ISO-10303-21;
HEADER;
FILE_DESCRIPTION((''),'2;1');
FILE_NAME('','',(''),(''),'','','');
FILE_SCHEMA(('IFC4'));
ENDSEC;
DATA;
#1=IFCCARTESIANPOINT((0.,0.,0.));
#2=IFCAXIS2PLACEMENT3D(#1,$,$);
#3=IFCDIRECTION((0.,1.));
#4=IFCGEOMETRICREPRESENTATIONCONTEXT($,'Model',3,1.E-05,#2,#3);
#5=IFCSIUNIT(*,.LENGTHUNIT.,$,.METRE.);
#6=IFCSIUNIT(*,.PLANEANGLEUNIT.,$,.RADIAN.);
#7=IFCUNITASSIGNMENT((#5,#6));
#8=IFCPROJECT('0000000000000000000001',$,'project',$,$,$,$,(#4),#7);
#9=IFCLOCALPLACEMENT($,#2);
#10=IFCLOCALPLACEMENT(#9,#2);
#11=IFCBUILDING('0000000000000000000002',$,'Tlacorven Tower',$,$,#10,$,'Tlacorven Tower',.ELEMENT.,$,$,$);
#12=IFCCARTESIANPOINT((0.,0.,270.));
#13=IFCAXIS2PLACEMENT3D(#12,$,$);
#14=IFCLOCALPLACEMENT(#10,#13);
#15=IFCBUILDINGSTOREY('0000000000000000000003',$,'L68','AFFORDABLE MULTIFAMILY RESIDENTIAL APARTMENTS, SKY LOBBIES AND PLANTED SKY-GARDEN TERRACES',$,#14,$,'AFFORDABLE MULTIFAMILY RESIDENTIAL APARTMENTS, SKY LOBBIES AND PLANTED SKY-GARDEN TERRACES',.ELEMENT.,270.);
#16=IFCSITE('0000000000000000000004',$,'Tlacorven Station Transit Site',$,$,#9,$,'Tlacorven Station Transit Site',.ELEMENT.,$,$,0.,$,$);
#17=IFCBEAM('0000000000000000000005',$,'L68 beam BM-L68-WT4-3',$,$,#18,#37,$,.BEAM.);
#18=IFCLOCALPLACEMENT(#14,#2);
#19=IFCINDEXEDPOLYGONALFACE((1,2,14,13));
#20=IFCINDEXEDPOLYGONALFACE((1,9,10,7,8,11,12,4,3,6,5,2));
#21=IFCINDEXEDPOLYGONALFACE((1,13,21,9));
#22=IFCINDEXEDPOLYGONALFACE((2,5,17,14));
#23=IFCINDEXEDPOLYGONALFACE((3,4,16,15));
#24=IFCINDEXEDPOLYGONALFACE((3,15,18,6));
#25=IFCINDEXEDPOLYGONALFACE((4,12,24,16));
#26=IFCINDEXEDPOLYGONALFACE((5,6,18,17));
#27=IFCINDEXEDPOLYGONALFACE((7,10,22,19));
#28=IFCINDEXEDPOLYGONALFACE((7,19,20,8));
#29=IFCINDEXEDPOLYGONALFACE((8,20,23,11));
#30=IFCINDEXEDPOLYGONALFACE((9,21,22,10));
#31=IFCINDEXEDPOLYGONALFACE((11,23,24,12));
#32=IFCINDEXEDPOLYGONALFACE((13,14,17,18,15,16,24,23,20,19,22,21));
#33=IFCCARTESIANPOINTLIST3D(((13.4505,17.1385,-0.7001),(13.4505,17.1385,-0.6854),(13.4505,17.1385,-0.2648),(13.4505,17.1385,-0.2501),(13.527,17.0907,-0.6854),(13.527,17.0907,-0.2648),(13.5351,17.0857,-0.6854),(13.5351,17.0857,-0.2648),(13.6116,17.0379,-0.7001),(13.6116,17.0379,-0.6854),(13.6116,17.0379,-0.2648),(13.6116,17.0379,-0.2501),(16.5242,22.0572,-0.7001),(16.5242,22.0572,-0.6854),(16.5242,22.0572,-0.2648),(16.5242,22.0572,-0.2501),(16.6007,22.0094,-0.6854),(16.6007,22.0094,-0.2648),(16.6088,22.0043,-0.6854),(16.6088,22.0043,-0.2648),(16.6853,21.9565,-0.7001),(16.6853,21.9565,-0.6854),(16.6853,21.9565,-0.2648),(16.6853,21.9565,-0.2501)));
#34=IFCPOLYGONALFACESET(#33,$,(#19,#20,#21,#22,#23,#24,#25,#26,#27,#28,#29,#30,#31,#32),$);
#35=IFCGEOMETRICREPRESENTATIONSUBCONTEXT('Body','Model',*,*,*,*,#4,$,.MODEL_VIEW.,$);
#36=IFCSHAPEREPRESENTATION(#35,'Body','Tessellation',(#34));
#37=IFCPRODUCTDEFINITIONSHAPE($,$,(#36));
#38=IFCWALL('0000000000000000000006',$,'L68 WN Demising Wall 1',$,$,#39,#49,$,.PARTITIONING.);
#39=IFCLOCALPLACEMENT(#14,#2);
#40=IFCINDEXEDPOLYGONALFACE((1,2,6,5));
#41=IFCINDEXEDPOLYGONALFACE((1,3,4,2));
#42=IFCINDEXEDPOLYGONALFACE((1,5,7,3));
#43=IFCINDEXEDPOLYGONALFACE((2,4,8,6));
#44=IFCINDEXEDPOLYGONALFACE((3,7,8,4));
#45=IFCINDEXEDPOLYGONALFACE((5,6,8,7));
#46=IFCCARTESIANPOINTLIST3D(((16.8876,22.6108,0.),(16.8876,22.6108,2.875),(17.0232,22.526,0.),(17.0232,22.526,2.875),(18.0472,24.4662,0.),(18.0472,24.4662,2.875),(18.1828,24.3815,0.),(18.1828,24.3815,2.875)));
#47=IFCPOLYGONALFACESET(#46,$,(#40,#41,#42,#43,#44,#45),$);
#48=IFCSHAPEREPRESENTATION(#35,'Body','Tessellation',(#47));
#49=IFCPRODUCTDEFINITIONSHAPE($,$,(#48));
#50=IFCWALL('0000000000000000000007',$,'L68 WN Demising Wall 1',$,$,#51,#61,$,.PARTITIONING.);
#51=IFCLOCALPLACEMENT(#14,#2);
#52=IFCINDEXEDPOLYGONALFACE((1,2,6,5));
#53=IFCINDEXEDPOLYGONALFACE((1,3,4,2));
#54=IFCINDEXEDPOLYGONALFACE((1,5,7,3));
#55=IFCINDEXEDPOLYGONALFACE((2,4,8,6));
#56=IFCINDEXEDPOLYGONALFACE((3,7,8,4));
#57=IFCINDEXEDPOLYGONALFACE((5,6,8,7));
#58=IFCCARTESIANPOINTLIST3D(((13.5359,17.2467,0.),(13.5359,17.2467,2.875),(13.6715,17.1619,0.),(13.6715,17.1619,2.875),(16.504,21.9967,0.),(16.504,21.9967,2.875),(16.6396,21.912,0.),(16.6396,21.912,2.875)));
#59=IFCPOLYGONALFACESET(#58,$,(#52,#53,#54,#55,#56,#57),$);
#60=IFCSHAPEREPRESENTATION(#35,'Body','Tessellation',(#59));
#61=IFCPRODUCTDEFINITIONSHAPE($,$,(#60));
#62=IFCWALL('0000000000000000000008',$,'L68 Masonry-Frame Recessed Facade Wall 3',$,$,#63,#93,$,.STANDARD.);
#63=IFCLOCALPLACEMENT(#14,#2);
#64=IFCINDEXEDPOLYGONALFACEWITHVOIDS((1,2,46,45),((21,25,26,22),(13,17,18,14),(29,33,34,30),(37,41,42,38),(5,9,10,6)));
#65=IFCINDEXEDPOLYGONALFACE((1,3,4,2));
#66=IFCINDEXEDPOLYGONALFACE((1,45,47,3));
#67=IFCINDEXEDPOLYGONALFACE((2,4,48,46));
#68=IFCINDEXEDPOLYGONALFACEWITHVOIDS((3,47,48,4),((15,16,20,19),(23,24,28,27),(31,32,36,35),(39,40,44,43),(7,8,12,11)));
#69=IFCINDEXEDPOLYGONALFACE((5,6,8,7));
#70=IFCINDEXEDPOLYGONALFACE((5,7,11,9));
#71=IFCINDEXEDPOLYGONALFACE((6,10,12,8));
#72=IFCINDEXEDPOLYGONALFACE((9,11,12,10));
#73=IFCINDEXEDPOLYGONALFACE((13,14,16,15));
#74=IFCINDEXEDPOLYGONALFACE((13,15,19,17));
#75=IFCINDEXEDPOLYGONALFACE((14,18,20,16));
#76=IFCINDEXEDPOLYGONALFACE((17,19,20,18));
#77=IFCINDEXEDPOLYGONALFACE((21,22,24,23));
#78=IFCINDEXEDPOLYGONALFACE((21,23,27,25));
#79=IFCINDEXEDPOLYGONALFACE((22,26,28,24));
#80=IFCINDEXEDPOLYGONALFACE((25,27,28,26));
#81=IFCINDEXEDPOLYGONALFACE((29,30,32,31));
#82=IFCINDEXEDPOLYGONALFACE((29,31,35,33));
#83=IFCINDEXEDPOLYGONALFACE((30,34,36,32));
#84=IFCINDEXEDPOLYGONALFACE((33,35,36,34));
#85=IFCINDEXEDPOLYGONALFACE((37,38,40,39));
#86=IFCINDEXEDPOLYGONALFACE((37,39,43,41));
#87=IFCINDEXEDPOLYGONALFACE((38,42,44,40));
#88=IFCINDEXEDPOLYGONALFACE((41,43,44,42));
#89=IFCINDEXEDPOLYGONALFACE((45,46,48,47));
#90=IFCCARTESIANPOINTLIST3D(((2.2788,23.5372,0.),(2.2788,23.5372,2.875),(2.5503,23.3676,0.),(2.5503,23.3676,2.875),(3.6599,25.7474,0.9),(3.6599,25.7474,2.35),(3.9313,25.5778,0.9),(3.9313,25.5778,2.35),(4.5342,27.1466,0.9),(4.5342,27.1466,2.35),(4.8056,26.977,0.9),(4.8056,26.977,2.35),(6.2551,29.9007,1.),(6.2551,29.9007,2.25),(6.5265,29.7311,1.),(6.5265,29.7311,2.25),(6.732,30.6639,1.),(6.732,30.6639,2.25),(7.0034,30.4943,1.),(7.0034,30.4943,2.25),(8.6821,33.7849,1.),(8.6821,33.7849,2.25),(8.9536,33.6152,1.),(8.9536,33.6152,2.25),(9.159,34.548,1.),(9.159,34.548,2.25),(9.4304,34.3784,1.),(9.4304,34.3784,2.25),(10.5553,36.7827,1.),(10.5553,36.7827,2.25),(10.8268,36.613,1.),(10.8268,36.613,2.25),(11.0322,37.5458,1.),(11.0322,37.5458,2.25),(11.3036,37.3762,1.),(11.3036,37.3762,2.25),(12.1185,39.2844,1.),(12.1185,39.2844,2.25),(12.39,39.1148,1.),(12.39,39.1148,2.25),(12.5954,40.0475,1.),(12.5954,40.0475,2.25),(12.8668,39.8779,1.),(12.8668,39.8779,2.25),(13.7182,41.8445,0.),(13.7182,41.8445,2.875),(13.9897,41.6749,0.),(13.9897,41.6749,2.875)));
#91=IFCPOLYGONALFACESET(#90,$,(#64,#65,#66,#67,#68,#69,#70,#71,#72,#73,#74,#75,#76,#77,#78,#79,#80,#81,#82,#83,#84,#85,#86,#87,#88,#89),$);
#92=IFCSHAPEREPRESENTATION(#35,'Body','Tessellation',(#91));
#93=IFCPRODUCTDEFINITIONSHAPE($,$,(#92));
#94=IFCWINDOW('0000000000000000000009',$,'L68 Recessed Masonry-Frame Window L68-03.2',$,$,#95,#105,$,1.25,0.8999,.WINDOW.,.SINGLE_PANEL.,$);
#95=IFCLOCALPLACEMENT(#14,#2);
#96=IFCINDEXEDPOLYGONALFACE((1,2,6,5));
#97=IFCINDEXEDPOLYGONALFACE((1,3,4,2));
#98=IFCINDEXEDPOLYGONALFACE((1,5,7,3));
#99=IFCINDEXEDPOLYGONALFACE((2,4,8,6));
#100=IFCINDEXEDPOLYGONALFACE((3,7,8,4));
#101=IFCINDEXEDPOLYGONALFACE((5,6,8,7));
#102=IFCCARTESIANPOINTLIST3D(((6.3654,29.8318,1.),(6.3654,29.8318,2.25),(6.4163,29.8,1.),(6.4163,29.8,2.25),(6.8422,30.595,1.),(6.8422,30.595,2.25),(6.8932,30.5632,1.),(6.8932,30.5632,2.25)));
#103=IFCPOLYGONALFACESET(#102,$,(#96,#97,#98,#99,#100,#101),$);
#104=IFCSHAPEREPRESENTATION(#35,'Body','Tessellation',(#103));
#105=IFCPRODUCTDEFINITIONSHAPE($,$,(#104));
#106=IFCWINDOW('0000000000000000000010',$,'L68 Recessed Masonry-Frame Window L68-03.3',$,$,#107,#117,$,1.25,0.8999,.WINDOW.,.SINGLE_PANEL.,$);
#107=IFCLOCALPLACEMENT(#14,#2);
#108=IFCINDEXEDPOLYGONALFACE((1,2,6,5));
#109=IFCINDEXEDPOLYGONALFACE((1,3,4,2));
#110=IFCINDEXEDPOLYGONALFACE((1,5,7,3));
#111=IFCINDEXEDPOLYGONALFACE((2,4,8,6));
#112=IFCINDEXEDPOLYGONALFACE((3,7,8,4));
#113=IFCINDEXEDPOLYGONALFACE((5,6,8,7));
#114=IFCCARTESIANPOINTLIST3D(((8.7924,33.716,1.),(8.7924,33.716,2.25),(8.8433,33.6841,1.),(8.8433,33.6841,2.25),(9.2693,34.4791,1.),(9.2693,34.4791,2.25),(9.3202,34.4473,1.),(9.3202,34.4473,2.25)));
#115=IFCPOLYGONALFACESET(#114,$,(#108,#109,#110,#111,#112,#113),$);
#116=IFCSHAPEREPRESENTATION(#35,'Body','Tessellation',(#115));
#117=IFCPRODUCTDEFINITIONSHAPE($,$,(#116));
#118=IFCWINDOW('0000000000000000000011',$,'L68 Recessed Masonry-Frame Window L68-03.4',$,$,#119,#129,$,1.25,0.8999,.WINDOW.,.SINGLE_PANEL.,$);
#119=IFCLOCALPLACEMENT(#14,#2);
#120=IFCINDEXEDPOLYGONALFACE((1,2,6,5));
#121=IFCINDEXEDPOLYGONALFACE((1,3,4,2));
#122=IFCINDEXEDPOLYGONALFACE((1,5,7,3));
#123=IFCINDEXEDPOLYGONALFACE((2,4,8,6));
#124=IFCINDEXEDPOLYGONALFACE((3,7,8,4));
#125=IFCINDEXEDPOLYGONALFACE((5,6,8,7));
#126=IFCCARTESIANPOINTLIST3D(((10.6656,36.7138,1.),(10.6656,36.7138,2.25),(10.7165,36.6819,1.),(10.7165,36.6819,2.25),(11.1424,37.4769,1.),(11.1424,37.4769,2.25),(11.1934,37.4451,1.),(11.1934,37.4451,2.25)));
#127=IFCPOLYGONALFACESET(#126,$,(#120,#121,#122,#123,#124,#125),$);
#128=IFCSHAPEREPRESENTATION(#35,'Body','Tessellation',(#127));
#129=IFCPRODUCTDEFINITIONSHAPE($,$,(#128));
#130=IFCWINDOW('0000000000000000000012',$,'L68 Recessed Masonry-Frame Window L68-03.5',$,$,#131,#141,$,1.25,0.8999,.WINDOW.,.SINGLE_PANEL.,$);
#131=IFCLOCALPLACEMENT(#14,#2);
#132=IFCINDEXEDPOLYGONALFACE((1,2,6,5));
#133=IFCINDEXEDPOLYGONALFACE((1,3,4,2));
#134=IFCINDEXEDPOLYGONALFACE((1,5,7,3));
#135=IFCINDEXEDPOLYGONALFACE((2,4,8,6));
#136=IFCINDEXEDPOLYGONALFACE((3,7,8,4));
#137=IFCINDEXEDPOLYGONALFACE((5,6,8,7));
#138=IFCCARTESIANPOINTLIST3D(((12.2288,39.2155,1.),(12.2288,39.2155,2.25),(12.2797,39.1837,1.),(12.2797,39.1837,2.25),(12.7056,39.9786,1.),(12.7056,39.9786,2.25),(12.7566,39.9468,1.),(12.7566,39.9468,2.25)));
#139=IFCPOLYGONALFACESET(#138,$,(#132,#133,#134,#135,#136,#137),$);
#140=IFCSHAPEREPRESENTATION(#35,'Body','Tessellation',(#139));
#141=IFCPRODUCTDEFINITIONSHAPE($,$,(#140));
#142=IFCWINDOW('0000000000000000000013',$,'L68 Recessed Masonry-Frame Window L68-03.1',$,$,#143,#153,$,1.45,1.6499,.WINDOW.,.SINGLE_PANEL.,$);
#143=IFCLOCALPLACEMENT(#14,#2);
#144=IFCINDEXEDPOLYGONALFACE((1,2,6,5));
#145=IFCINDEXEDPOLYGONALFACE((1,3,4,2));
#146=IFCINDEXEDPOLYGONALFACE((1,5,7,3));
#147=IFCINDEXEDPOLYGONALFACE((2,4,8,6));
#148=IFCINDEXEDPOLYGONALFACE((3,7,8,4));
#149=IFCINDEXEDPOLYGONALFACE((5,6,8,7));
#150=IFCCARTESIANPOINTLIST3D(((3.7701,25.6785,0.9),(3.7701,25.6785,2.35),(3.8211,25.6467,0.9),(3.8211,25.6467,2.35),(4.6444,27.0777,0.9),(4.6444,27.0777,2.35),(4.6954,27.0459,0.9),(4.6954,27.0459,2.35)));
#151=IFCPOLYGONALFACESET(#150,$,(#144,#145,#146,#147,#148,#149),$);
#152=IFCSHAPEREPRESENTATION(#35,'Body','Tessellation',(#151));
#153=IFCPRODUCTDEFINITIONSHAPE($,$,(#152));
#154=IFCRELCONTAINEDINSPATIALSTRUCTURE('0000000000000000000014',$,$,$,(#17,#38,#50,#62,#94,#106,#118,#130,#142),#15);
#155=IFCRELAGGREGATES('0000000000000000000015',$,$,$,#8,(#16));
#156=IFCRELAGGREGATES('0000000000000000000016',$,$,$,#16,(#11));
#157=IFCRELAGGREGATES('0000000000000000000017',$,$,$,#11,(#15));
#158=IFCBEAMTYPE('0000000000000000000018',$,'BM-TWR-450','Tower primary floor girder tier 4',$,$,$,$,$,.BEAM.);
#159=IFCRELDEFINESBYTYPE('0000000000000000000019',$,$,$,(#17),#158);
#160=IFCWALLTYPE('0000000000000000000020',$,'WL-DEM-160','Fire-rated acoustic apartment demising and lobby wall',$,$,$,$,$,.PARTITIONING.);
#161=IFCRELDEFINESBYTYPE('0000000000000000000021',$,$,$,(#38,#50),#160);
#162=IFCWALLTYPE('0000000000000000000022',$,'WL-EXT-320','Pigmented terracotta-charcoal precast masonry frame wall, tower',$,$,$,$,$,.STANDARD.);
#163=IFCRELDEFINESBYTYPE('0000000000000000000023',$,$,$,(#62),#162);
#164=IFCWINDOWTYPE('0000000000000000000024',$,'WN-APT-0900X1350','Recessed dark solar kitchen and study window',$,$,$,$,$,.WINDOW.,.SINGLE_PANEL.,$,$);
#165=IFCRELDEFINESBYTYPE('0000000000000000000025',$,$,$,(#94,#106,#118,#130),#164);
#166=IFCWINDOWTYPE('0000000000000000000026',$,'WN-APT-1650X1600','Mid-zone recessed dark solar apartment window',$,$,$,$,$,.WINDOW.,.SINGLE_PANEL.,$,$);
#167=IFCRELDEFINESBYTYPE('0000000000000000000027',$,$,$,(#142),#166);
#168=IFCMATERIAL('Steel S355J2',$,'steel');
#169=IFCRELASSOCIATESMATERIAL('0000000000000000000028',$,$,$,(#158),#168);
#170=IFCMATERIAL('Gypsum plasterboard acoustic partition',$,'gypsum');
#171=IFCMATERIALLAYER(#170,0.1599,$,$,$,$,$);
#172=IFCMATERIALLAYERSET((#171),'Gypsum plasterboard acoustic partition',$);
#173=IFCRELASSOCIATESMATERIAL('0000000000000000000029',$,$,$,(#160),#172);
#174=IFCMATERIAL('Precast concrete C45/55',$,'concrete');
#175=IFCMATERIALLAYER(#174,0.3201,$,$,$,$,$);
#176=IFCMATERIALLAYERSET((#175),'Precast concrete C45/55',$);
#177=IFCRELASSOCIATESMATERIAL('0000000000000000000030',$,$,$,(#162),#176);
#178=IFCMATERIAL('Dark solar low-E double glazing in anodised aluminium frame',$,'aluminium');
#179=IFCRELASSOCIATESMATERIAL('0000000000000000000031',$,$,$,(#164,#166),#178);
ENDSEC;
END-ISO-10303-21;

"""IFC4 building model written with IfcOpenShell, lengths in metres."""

from ifc_helpers import new_model, si_unit, direction, frame, frame_2d, origin, origin_2d, place, context, subcontext, project, spatial, rectangle, i_section, extrude, source, transform, mapped, material, layer, layer_set, material_profile, profile_set, type_object, element, fill, save


model = new_model("IFC4")

# Units and contexts
model_context = context("Model", 3, precision=1e-05, world=origin(), true_north=direction((0.0, 1.0)))
body_context = subcontext(model_context, "Body", "Model", "MODEL_VIEW")
ifc_project = project(units=[si_unit("LENGTHUNIT", "METRE"), si_unit("PLANEANGLEUNIT", "RADIAN")], contexts=[model_context])

# Site, building, storey
site_placement = place(None, origin())
site = spatial("IfcSite", under=ifc_project, at=site_placement, Name="Tlacorven Station Transit Site", LongName="Tlacorven Station Transit Site", CompositionType="ELEMENT", RefElevation=0.0)
building_placement = place(site_placement, origin())
building = spatial("IfcBuilding", under=site, at=building_placement, Name="Tlacorven Tower", LongName="Tlacorven Tower", CompositionType="ELEMENT")
storey_placement = place(building_placement, frame((0.0, 0.0, 270.0)))
storey = spatial("IfcBuildingStorey", under=building, at=storey_placement, Name="L68", Description="AFFORDABLE MULTIFAMILY RESIDENTIAL APARTMENTS, SKY LOBBIES AND PLANTED SKY-GARDEN TERRACES", LongName="AFFORDABLE MULTIFAMILY RESIDENTIAL APARTMENTS, SKY LOBBIES AND PLANTED SKY-GARDEN TERRACES", CompositionType="ELEMENT", Elevation=270.0)

# Shared definitions
ifc_material_1 = material(Name="Steel S355J2", Category="steel")

# Beam
ifc_material_profile_1 = material_profile(ifc_material_1, i_section(OverallWidth=0.1899, OverallDepth=0.45, WebThickness=0.0095, FlangeThickness=0.0146, at=origin_2d()), Name="IPE 450")
ifc_profile_set_1 = profile_set([ifc_material_profile_1], Name="Steel S355J2")
beam_type_1 = type_object("IfcBeamType", Name="BM-TWR-450", Description="Tower primary floor girder tier 4", PredefinedType="BEAM", material=ifc_profile_set_1)
shared_shape_1 = source(origin(), body_context, "Body", "SweptSolid", [
    extrude(i_section(OverallWidth=0.1899, OverallDepth=0.45, WebThickness=0.0095, FlangeThickness=0.0146, at=origin_2d()), origin(), (0.0, 0.0, 1.0), 5.8),
])
for number, where, z_axis, x_axis, name in (
    (1, (16.6047, 22.0068, -0.4751), (-0.529942, -0.848034, 0.0), (0.848034, -0.529942, 0.0), "L68 beam BM-L68-WT4-3"),
):
    element("IfcBeam", number, at=place(storey_placement, frame(where, z_axis=z_axis, x_axis=x_axis)), inside=storey, type_object=beam_type_1, Name=name, PredefinedType="BEAM", context=body_context, shape_type="MappedRepresentation", body=[
        mapped(shared_shape_1, transform((0.0, 0.0, 0.0), scale=1.0)),
    ])

# Walls
ifc_material_2 = material(Name="Gypsum plasterboard acoustic partition", Category="gypsum")
ifc_layer_1 = layer(ifc_material_2, 0.1599)
ifc_layer_set_1 = layer_set([ifc_layer_1], Name="Gypsum plasterboard acoustic partition")
wall_type_1 = type_object("IfcWallType", Name="WL-DEM-160", Description="Fire-rated acoustic apartment demising and lobby wall", PredefinedType="PARTITIONING", material=ifc_layer_set_1)
wall_1_placement = place(storey_placement, frame((18.115, 24.4238, 0.0), z_axis=(0.0, 0.0, 1.0), x_axis=(-0.529999, -0.847998, 0.0)))
element("IfcWall", 2, at=wall_1_placement, inside=storey, type_object=wall_type_1, Name="L68 WN Demising Wall 1", PredefinedType="PARTITIONING", context=body_context, shape_type="SweptSolid", body=[
    extrude(rectangle(XDim=2.188, YDim=0.1599, at=frame_2d((1.094, 0.0))), origin(), (0.0, 0.0, 1.0), 2.875),
])
wall_2_placement = place(storey_placement, frame((16.5718, 21.9543, 0.0), z_axis=(0.0, 0.0, 1.0), x_axis=(-0.529905, -0.848057, 0.0)))
element("IfcWall", 3, at=wall_2_placement, inside=storey, type_object=wall_type_1, Name="L68 WN Demising Wall 1", PredefinedType="PARTITIONING", context=body_context, shape_type="SweptSolid", body=[
    extrude(rectangle(XDim=5.6011, YDim=0.1599, at=frame_2d((2.8005, 0.0))), origin(), (0.0, 0.0, 1.0), 2.875),
])

# Wall, openings, windows
ifc_material_3 = material(Name="Precast concrete C45/55", Category="concrete")
ifc_layer_2 = layer(ifc_material_3, 0.3201)
ifc_layer_set_2 = layer_set([ifc_layer_2], Name="Precast concrete C45/55")
wall_type_2 = type_object("IfcWallType", Name="WL-EXT-320", Description="Pigmented terracotta-charcoal precast masonry frame wall, tower", PredefinedType="STANDARD", material=ifc_layer_set_2)
wall_3_placement = place(storey_placement, frame((2.4146, 23.4524, 0.0), z_axis=(0.0, 0.0, 1.0), x_axis=(0.52991, 0.848054, 0.0)))
wall_3 = element("IfcWall", 4, at=wall_3_placement, inside=storey, type_object=wall_type_2, Name="L68 Masonry-Frame Recessed Facade Wall 3", PredefinedType="STANDARD", context=body_context, shape_type="SweptSolid", body=[
    extrude(rectangle(XDim=21.5874, YDim=0.3201, at=frame_2d((10.7937, 0.0))), origin(), (0.0, 0.0, 1.0), 2.875),
])
opening_1_placement = place(wall_3_placement, frame((2.6062, 0.0, 0.8999)))
opening_1 = element("IfcOpeningElement", 5, at=opening_1_placement, cuts=wall_3, PredefinedType="OPENING", context=body_context, shape_type="SweptSolid", body=[
    extrude(rectangle(XDim=1.6499, YDim=1.45, at=frame_2d((0.825, 0.7251))), frame((0.0, 0.1699, 0.0), z_axis=(0.0, -1.0, 0.0), x_axis=(1.0, 0.0, 0.0)), (0.0, 0.0, 1.0), 0.3401),
])
opening_2_placement = place(wall_3_placement, frame((7.5037, 0.0, 1.0)))
opening_2 = element("IfcOpeningElement", 6, at=opening_2_placement, cuts=wall_3, PredefinedType="OPENING", context=body_context, shape_type="SweptSolid", body=[
    extrude(rectangle(XDim=0.8999, YDim=1.25, at=frame_2d((0.45, 0.625))), frame((0.0, 0.1699, 0.0), z_axis=(0.0, -1.0, 0.0), x_axis=(1.0, 0.0, 0.0)), (0.0, 0.0, 1.0), 0.3401),
])
opening_3_placement = place(wall_3_placement, frame((12.0837, 0.0, 1.0)))
opening_3 = element("IfcOpeningElement", 7, at=opening_3_placement, cuts=wall_3, PredefinedType="OPENING", context=body_context, shape_type="SweptSolid", body=[
    extrude(rectangle(XDim=0.8999, YDim=1.25, at=frame_2d((0.45, 0.625))), frame((0.0, 0.1699, 0.0), z_axis=(0.0, -1.0, 0.0), x_axis=(1.0, 0.0, 0.0)), (0.0, 0.0, 1.0), 0.3401),
])
opening_4_placement = place(wall_3_placement, frame((15.6187, 0.0, 1.0)))
opening_4 = element("IfcOpeningElement", 8, at=opening_4_placement, cuts=wall_3, PredefinedType="OPENING", context=body_context, shape_type="SweptSolid", body=[
    extrude(rectangle(XDim=0.8999, YDim=1.25, at=frame_2d((0.45, 0.625))), frame((0.0, 0.1699, 0.0), z_axis=(0.0, -1.0, 0.0), x_axis=(1.0, 0.0, 0.0)), (0.0, 0.0, 1.0), 0.3401),
])
opening_5_placement = place(wall_3_placement, frame((18.5686, 0.0, 1.0)))
opening_5 = element("IfcOpeningElement", 9, at=opening_5_placement, cuts=wall_3, PredefinedType="OPENING", context=body_context, shape_type="SweptSolid", body=[
    extrude(rectangle(XDim=0.8999, YDim=1.25, at=frame_2d((0.45, 0.625))), frame((0.0, 0.1699, 0.0), z_axis=(0.0, -1.0, 0.0), x_axis=(1.0, 0.0, 0.0)), (0.0, 0.0, 1.0), 0.3401),
])
ifc_material_4 = material(Name="Dark solar low-E double glazing in anodised aluminium frame", Category="aluminium")
window_type_1 = type_object("IfcWindowType", Name="WN-APT-0900X1350", Description="Recessed dark solar kitchen and study window", PartitioningType="SINGLE_PANEL", PredefinedType="WINDOW", material=ifc_material_4)
shared_shape_2 = source(origin(), body_context, "Body", "SweptSolid", [
    extrude(rectangle(XDim=0.8999, YDim=1.25, at=frame_2d((0.45, 0.625))), frame((0.0, 0.03, 0.0), z_axis=(0.0, -1.0, 0.0), x_axis=(1.0, 0.0, 0.0)), (0.0, 0.0, 1.0), 0.0601),
])
window_1_placement = place(opening_2_placement, origin())
window_1 = element("IfcWindow", 10, at=window_1_placement, inside=storey, type_object=window_type_1, Name="L68 Recessed Masonry-Frame Window L68-03.2", OverallHeight=1.25, OverallWidth=0.8999, PartitioningType="SINGLE_PANEL", PredefinedType="WINDOW", context=body_context, shape_type="MappedRepresentation", body=[
    mapped(shared_shape_2, transform((0.0, 0.0, 0.0), scale=1.0)),
])
fill(opening_2, window_1)
window_2_placement = place(opening_3_placement, origin())
window_2 = element("IfcWindow", 11, at=window_2_placement, inside=storey, type_object=window_type_1, Name="L68 Recessed Masonry-Frame Window L68-03.3", OverallHeight=1.25, OverallWidth=0.8999, PartitioningType="SINGLE_PANEL", PredefinedType="WINDOW", context=body_context, shape_type="MappedRepresentation", body=[
    mapped(shared_shape_2, transform((0.0, 0.0, 0.0), scale=1.0)),
])
fill(opening_3, window_2)
window_3_placement = place(opening_4_placement, origin())
window_3 = element("IfcWindow", 12, at=window_3_placement, inside=storey, type_object=window_type_1, Name="L68 Recessed Masonry-Frame Window L68-03.4", OverallHeight=1.25, OverallWidth=0.8999, PartitioningType="SINGLE_PANEL", PredefinedType="WINDOW", context=body_context, shape_type="MappedRepresentation", body=[
    mapped(shared_shape_2, transform((0.0, 0.0, 0.0), scale=1.0)),
])
fill(opening_4, window_3)
window_4_placement = place(opening_5_placement, origin())
window_4 = element("IfcWindow", 13, at=window_4_placement, inside=storey, type_object=window_type_1, Name="L68 Recessed Masonry-Frame Window L68-03.5", OverallHeight=1.25, OverallWidth=0.8999, PartitioningType="SINGLE_PANEL", PredefinedType="WINDOW", context=body_context, shape_type="MappedRepresentation", body=[
    mapped(shared_shape_2, transform((0.0, 0.0, 0.0), scale=1.0)),
])
fill(opening_5, window_4)
window_type_2 = type_object("IfcWindowType", Name="WN-APT-1650X1600", Description="Mid-zone recessed dark solar apartment window", PartitioningType="SINGLE_PANEL", PredefinedType="WINDOW", material=ifc_material_4)
shared_shape_3 = source(origin(), body_context, "Body", "SweptSolid", [
    extrude(rectangle(XDim=1.6499, YDim=1.45, at=frame_2d((0.825, 0.7251))), frame((0.0, 0.03, 0.0), z_axis=(0.0, -1.0, 0.0), x_axis=(1.0, 0.0, 0.0)), (0.0, 0.0, 1.0), 0.0601),
])
window_5_placement = place(opening_1_placement, origin())
window_5 = element("IfcWindow", 14, at=window_5_placement, inside=storey, type_object=window_type_2, Name="L68 Recessed Masonry-Frame Window L68-03.1", OverallHeight=1.45, OverallWidth=1.6499, PartitioningType="SINGLE_PANEL", PredefinedType="WINDOW", context=body_context, shape_type="MappedRepresentation", body=[
    mapped(shared_shape_3, transform((0.0, 0.0, 0.0), scale=1.0)),
])
fill(opening_1, window_5)

save(model, "model.ifc")
